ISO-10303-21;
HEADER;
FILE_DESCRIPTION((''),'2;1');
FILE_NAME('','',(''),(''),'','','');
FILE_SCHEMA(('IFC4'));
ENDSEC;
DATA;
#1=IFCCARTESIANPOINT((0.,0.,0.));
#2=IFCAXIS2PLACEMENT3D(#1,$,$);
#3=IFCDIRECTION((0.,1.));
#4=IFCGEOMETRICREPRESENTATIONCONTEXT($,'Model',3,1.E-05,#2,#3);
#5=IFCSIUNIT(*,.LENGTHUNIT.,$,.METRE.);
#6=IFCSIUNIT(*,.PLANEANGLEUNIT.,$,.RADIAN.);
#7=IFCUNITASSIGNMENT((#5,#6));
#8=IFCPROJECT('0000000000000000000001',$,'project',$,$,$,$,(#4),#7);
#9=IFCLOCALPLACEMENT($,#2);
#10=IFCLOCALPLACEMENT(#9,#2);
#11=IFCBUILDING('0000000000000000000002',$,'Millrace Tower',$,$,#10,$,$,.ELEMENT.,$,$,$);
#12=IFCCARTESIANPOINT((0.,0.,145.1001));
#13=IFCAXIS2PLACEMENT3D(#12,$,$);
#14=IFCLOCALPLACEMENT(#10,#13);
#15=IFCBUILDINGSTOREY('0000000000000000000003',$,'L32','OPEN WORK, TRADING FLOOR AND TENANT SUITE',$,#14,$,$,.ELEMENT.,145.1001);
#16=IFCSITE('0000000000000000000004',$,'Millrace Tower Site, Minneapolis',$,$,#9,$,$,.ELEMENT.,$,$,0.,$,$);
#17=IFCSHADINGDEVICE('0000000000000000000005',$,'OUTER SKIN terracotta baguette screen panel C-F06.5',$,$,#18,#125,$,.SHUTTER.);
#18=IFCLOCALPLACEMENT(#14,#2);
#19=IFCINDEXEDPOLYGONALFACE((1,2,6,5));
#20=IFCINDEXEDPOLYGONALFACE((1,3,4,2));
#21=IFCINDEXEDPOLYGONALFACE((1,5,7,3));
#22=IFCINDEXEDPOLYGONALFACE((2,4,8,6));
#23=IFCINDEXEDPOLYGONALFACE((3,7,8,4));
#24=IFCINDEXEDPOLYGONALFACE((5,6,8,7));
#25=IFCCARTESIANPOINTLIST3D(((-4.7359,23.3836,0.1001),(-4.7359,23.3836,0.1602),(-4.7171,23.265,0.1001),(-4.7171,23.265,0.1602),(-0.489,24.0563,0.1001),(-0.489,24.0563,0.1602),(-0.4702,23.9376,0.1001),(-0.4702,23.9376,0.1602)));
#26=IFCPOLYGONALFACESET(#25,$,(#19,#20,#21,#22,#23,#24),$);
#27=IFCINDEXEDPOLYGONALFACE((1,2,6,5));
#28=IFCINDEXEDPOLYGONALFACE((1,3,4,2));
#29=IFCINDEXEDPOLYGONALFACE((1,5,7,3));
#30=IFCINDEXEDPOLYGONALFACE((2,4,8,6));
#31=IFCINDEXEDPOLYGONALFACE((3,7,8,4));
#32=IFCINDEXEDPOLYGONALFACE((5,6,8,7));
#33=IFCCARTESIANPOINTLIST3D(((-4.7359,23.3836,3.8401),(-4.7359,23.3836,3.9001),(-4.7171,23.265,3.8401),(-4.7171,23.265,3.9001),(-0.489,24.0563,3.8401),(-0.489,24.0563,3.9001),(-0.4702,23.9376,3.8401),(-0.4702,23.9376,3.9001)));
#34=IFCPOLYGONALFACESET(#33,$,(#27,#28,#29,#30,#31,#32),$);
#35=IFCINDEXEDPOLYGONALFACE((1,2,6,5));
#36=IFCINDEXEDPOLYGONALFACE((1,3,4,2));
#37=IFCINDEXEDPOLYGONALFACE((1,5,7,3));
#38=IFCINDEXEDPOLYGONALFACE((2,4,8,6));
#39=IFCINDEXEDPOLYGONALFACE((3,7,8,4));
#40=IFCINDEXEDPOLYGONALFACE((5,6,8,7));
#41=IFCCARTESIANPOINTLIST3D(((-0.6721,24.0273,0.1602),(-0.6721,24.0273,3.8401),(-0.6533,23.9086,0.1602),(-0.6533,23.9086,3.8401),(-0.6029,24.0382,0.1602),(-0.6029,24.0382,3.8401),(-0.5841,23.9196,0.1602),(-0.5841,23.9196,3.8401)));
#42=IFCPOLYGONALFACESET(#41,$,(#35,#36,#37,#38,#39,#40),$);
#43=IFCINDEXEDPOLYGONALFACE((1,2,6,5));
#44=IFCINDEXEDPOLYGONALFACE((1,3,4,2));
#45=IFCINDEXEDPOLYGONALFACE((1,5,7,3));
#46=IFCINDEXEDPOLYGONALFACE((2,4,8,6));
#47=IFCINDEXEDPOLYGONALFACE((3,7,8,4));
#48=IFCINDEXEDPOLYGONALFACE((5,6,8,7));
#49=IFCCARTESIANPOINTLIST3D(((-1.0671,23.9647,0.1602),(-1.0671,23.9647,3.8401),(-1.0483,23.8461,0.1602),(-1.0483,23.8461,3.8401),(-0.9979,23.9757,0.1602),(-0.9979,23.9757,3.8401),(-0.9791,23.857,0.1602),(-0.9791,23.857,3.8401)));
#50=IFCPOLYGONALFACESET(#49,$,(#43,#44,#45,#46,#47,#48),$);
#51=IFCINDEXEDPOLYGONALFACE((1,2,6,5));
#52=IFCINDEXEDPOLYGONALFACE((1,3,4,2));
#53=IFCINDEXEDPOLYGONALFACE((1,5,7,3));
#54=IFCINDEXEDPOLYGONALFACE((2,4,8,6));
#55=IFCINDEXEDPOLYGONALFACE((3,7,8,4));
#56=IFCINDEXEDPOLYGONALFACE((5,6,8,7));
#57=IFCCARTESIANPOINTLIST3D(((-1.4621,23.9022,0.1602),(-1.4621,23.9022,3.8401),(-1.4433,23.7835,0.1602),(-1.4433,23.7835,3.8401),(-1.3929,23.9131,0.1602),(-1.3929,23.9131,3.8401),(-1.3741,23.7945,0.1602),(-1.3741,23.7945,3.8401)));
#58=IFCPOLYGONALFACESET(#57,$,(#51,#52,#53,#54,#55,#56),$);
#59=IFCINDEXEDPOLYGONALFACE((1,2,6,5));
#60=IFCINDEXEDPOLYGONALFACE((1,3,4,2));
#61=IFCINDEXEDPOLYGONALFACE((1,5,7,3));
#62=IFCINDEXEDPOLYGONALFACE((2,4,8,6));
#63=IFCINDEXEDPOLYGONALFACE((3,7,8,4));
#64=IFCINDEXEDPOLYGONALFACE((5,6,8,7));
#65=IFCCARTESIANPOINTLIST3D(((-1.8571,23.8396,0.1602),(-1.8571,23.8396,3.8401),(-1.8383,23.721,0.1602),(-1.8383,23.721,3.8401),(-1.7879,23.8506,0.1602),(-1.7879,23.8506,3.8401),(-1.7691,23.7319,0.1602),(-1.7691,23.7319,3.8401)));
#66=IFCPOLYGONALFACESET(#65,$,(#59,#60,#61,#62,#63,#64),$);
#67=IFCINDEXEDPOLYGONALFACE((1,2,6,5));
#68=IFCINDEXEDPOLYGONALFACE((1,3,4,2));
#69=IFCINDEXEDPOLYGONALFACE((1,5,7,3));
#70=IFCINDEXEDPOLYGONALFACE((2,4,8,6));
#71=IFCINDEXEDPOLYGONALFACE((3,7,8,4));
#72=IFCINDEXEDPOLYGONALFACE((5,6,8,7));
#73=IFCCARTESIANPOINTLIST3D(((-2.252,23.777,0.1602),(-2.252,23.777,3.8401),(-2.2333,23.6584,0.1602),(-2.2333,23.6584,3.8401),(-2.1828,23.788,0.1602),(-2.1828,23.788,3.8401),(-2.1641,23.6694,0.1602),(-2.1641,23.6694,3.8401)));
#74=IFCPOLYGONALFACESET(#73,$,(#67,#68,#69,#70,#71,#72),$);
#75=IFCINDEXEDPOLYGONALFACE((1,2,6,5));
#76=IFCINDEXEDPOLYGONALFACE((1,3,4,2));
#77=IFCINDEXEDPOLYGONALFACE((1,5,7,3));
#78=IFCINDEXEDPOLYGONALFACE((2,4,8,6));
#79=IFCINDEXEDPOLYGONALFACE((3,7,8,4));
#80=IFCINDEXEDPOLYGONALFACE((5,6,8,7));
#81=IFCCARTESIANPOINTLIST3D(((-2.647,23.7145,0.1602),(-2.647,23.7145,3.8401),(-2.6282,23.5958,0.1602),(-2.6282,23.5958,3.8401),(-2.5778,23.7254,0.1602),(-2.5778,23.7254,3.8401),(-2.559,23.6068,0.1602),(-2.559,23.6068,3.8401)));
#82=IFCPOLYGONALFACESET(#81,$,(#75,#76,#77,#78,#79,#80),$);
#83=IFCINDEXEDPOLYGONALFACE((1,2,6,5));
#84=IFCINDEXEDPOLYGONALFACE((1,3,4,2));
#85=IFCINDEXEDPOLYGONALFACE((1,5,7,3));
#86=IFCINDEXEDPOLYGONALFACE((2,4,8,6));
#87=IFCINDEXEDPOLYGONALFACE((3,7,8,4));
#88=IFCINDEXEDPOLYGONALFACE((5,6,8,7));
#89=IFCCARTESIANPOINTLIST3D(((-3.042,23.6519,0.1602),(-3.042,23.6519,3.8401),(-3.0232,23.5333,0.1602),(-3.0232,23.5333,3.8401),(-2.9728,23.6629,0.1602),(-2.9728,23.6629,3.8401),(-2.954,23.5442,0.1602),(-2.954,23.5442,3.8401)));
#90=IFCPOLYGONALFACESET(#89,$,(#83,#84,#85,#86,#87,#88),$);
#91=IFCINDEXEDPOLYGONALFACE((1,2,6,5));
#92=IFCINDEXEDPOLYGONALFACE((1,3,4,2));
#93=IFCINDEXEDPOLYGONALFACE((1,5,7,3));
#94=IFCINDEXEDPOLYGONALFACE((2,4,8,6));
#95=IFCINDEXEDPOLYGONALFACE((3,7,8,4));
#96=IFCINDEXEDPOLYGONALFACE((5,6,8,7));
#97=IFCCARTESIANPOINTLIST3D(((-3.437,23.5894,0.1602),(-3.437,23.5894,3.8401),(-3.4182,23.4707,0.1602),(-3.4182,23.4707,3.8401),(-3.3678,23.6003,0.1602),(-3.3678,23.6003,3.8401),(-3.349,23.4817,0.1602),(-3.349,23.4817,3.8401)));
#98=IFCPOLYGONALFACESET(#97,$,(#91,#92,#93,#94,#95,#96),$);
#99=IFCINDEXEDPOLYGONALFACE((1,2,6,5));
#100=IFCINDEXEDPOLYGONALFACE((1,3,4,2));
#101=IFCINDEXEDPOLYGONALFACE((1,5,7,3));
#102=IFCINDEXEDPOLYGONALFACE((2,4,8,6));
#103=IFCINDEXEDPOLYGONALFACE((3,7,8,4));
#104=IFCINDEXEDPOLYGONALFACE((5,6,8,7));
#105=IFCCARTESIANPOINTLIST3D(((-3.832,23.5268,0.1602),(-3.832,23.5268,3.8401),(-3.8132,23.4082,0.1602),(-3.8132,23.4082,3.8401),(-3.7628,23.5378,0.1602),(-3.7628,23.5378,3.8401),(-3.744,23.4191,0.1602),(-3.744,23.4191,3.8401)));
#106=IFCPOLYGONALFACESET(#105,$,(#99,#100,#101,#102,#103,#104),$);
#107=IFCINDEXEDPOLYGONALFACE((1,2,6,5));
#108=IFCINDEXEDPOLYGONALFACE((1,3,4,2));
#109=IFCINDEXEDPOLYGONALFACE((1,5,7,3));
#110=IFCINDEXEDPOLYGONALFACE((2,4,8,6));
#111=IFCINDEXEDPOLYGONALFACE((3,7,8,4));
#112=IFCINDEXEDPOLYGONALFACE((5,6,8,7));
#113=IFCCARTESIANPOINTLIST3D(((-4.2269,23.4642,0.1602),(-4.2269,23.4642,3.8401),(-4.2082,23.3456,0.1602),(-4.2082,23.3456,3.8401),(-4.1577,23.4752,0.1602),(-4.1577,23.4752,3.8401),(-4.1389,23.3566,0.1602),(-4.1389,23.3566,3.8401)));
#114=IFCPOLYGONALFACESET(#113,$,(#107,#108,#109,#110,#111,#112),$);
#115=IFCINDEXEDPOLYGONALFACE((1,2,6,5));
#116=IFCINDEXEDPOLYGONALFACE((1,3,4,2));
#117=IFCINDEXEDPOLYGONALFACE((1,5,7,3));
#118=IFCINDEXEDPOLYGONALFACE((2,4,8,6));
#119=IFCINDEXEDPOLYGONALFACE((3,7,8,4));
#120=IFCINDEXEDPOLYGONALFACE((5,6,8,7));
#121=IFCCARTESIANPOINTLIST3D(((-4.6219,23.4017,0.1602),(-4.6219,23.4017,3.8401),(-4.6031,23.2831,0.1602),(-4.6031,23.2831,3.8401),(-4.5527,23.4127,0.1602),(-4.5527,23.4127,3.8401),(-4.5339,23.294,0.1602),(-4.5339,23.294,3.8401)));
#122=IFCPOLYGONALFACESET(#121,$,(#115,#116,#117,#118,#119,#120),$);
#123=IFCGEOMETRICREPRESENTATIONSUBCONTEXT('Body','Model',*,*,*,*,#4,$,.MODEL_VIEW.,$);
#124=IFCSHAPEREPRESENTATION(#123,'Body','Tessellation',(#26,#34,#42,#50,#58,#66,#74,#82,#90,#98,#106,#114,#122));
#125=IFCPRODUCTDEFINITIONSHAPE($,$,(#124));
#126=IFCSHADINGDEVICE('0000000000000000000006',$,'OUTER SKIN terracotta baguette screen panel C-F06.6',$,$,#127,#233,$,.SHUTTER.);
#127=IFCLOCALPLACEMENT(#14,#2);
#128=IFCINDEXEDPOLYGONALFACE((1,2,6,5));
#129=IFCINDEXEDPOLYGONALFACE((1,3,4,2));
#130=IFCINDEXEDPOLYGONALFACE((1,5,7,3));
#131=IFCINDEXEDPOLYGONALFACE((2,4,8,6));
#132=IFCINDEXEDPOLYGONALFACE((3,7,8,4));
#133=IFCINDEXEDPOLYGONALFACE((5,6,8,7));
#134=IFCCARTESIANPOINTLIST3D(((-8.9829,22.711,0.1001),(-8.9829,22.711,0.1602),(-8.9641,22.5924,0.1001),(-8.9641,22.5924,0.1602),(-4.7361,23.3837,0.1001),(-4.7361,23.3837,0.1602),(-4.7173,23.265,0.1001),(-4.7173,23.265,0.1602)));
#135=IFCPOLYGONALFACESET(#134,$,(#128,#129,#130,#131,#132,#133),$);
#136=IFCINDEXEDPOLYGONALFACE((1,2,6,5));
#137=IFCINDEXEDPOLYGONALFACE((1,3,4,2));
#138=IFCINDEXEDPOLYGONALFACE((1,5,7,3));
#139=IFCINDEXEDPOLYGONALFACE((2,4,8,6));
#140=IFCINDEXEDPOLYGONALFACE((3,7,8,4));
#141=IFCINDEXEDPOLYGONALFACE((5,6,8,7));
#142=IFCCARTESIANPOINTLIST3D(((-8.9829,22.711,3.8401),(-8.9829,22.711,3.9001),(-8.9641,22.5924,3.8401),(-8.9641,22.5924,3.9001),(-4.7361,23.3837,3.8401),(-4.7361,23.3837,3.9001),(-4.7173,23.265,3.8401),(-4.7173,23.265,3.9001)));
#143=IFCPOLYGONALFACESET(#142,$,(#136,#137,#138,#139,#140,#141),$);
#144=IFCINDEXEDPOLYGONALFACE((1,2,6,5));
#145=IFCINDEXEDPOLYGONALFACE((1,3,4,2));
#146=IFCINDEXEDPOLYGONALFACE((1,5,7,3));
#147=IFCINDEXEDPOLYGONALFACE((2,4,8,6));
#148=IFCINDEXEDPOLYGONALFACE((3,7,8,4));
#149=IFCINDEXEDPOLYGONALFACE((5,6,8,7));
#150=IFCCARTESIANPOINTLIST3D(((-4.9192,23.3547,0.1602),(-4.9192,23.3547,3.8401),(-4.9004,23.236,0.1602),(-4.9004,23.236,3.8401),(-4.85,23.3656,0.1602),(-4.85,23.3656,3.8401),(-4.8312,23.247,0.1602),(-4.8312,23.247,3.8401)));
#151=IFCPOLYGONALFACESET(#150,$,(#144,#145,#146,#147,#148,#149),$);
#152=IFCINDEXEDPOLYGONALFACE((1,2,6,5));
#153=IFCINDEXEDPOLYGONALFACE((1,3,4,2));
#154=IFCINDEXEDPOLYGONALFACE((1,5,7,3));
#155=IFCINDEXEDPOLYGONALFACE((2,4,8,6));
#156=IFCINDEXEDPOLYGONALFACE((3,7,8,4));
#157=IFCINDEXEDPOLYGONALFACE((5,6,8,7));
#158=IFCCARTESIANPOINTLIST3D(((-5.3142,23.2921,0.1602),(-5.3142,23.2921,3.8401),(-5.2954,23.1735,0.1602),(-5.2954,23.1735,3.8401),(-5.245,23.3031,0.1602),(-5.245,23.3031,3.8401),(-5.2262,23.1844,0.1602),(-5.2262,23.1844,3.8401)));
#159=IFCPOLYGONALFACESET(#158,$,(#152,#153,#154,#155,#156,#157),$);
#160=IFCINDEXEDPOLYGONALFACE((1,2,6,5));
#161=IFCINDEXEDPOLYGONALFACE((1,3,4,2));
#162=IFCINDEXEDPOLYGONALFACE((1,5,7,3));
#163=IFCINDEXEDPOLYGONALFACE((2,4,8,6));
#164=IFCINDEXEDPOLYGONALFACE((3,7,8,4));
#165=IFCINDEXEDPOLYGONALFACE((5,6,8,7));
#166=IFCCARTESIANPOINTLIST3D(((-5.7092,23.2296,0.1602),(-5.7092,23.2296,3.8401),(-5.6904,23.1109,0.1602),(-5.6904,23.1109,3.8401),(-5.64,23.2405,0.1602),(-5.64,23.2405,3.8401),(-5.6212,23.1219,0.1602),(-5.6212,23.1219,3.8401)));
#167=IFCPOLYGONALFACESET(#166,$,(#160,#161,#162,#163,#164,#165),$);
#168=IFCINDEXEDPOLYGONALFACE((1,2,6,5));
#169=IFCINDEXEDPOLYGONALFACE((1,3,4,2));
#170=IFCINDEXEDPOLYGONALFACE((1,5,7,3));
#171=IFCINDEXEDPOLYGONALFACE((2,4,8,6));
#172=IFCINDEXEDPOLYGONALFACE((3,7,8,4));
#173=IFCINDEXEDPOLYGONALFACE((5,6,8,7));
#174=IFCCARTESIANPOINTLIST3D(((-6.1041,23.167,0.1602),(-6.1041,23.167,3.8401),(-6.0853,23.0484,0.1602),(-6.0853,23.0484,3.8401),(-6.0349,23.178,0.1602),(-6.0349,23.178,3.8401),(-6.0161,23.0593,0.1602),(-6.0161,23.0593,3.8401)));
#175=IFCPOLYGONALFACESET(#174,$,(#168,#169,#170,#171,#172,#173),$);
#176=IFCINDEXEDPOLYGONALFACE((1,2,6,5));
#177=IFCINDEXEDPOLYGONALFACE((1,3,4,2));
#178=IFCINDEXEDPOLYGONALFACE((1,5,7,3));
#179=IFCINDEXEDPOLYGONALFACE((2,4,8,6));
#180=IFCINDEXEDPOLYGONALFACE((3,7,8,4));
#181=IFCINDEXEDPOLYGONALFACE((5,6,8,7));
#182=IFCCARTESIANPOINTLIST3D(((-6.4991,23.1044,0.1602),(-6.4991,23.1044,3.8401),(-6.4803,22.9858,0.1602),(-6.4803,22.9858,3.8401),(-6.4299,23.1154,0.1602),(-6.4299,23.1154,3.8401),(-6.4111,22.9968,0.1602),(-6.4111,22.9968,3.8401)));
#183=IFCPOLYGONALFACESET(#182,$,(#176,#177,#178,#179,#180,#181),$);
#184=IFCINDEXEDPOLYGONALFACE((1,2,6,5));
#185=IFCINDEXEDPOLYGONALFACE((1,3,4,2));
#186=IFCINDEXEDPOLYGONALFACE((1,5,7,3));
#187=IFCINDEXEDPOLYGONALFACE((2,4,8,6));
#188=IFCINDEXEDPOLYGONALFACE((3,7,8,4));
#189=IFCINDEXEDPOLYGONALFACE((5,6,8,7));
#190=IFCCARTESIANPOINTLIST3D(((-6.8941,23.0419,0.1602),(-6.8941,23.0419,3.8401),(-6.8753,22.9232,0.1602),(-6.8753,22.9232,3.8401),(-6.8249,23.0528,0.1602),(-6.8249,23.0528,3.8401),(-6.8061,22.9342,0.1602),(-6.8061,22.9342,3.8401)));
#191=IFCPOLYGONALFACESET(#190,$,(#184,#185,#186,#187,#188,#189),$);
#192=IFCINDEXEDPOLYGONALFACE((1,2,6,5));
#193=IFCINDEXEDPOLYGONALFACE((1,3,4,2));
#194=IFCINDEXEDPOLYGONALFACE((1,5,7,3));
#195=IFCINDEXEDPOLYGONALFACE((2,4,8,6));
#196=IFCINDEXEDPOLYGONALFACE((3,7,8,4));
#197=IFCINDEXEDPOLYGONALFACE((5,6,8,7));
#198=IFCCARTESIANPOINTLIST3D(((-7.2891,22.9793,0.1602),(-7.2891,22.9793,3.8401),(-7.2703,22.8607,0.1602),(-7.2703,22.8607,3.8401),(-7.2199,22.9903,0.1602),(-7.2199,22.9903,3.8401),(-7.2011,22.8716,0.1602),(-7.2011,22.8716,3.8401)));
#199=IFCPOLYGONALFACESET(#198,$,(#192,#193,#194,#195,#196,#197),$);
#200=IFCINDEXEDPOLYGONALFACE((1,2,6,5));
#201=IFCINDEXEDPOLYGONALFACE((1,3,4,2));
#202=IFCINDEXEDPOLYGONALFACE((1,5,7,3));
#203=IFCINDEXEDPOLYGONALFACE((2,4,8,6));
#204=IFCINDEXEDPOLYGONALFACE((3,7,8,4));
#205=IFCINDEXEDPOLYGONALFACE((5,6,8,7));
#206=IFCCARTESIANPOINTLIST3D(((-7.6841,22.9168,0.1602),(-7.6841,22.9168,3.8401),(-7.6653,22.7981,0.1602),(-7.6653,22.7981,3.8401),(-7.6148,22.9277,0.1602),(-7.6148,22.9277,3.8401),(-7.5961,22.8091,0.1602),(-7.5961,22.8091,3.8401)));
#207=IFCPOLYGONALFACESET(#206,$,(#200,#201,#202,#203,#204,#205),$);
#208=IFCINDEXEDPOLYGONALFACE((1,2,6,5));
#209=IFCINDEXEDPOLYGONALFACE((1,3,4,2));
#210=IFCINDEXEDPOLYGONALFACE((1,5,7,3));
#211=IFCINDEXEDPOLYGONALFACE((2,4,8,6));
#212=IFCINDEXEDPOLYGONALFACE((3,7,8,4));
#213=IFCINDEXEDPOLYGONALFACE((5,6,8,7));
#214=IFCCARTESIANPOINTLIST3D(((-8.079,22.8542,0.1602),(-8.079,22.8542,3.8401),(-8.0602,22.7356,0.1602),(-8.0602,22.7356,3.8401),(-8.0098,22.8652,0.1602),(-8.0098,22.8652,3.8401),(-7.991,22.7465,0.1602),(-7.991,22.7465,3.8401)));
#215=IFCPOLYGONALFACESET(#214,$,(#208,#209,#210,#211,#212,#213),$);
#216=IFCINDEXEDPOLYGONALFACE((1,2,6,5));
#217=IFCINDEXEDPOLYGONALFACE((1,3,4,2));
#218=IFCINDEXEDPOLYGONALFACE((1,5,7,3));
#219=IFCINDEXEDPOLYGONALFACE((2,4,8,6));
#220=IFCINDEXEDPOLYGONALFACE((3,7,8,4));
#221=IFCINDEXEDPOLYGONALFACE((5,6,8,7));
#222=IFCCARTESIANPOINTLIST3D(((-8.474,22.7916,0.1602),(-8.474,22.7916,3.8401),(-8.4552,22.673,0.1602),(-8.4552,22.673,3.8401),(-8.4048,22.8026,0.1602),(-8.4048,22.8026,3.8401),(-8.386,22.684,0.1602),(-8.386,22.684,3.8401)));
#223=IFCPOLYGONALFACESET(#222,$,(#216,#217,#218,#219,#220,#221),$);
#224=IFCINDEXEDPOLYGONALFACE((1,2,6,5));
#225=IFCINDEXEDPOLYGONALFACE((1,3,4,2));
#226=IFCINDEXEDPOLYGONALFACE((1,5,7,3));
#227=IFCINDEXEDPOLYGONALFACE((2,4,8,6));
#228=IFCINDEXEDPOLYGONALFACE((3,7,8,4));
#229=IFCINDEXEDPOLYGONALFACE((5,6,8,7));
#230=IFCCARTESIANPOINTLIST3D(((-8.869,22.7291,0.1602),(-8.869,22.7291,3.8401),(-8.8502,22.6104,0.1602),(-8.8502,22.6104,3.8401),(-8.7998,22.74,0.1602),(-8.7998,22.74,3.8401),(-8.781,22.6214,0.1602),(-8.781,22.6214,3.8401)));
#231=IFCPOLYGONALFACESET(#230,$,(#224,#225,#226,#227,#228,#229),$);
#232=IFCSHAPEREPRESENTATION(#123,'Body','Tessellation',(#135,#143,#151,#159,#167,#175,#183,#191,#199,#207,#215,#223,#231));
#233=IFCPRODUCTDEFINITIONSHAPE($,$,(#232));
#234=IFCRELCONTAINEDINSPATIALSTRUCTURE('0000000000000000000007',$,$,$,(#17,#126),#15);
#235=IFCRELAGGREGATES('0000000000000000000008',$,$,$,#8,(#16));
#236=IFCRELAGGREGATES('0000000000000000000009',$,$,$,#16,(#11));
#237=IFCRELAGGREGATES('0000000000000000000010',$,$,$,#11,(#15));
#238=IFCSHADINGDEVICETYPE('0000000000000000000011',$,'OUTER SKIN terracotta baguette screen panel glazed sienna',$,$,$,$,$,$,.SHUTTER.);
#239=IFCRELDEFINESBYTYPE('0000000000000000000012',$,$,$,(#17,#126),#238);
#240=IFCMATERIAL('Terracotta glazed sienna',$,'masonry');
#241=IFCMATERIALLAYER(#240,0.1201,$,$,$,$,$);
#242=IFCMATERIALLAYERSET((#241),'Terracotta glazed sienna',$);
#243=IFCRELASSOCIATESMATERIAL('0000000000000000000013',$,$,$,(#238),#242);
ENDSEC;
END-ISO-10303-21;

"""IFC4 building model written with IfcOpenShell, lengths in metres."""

from ifc_helpers import new_model, entity, si_unit, direction, frame, frame_2d, origin, origin_2d, place, context, subcontext, project, spatial, rectangle, extrude, source, transform, mapped, material, layer, layer_set, type_object, element, save


model = new_model("IFC4")

# Units and contexts
model_context = context("Model", 3, precision=1e-05, world=origin(), true_north=direction((0.0, 1.0)))
body_context = subcontext(model_context, "Body", "Model", "MODEL_VIEW")
ifc_project = project(units=[si_unit("LENGTHUNIT", "METRE"), si_unit("PLANEANGLEUNIT", "RADIAN")], contexts=[model_context])

# Site, building, storey
site_placement = place(None, origin())
site = spatial("IfcSite", under=ifc_project, at=site_placement, Name="Millrace Tower Site, Minneapolis", CompositionType="ELEMENT", RefElevation=0.0)
building_placement = place(site_placement, origin())
building = spatial("IfcBuilding", under=site, at=building_placement, Name="Millrace Tower", CompositionType="ELEMENT")
storey_placement = place(building_placement, frame((0.0, 0.0, 145.1001)))
storey = spatial("IfcBuildingStorey", under=building, at=storey_placement, Name="L32", Description="OPEN WORK, TRADING FLOOR AND TENANT SUITE", CompositionType="ELEMENT", Elevation=145.1001)

# Shading devices
ifc_material_1 = material(Name="Terracotta glazed sienna", Category="masonry")
ifc_layer_1 = layer(ifc_material_1, 0.1201)
ifc_layer_set_1 = layer_set([ifc_layer_1], Name="Terracotta glazed sienna")
shading_device_type = type_object("IfcShadingDeviceType", Name="OUTER SKIN terracotta baguette screen panel glazed sienna", PredefinedType="SHUTTER", material=ifc_layer_set_1)
cartesian_point = entity("IfcCartesianPoint", [-2.1499, 0.0601])
shared_polyline = entity("IfcPolyline", [cartesian_point, entity("IfcCartesianPoint", [2.1499, 0.0601]), entity("IfcCartesianPoint", [2.1499, -0.0601]), entity("IfcCartesianPoint", [-2.1499, -0.0601]), cartesian_point])
shared_shape = source(origin(), body_context, "Body", "SweptSolid", [
    entity("IfcExtrudedAreaSolid", entity("IfcArbitraryClosedProfileDef", "AREA", None, shared_polyline), entity("IfcAxis2Placement3D", entity("IfcCartesianPoint", [0.0, 0.0, 0.0])), entity("IfcDirection", [0.0, 0.0, 1.0]), 0.0601),
    entity("IfcExtrudedAreaSolid", entity("IfcArbitraryClosedProfileDef", "AREA", None, shared_polyline), entity("IfcAxis2Placement3D", entity("IfcCartesianPoint", [0.0, 0.0, 3.74])), entity("IfcDirection", [0.0, 0.0, 1.0]), 0.0601),
    extrude(rectangle(XDim=0.0701, YDim=0.1201, at=frame_2d((-1.9995, 0.0))), frame((0.0, 0.0, 0.0601)), (0.0, 0.0, 1.0), 3.6799),
    extrude(rectangle(XDim=0.0701, YDim=0.1201, at=frame_2d((-1.5996, 0.0))), frame((0.0, 0.0, 0.0601)), (0.0, 0.0, 1.0), 3.6799),
    extrude(rectangle(XDim=0.0701, YDim=0.1201, at=frame_2d((-1.1997, 0.0))), frame((0.0, 0.0, 0.0601)), (0.0, 0.0, 1.0), 3.6799),
    extrude(rectangle(XDim=0.0701, YDim=0.1201, at=frame_2d((-0.7998, 0.0))), frame((0.0, 0.0, 0.0601)), (0.0, 0.0, 1.0), 3.6799),
    extrude(rectangle(XDim=0.0701, YDim=0.1201, at=frame_2d((-0.3999, 0.0))), frame((0.0, 0.0, 0.0601)), (0.0, 0.0, 1.0), 3.6799),
    extrude(rectangle(XDim=0.0701, YDim=0.1201, at=origin_2d()), frame((0.0, 0.0, 0.0601)), (0.0, 0.0, 1.0), 3.6799),
    extrude(rectangle(XDim=0.0701, YDim=0.1201, at=frame_2d((0.3999, 0.0))), frame((0.0, 0.0, 0.0601)), (0.0, 0.0, 1.0), 3.6799),
    extrude(rectangle(XDim=0.0701, YDim=0.1201, at=frame_2d((0.7998, 0.0))), frame((0.0, 0.0, 0.0601)), (0.0, 0.0, 1.0), 3.6799),
    extrude(rectangle(XDim=0.0701, YDim=0.1201, at=frame_2d((1.1997, 0.0))), frame((0.0, 0.0, 0.0601)), (0.0, 0.0, 1.0), 3.6799),
    extrude(rectangle(XDim=0.0701, YDim=0.1201, at=frame_2d((1.5996, 0.0))), frame((0.0, 0.0, 0.0601)), (0.0, 0.0, 1.0), 3.6799),
    extrude(rectangle(XDim=0.0701, YDim=0.1201, at=frame_2d((1.9995, 0.0))), frame((0.0, 0.0, 0.0601)), (0.0, 0.0, 1.0), 3.6799),
])
for number, where, z_axis, x_axis, name in (
    (1, (-2.603, 23.6606, 0.1001), (0.0, 0.0, 1.0), (-0.987688, -0.156434, 0.0), "OUTER SKIN terracotta baguette screen panel C-F06.5"),
    (2, (-6.8501, 22.988, 0.1001), (0.0, 0.0, 1.0), (-0.987688, -0.156434, 0.0), "OUTER SKIN terracotta baguette screen panel C-F06.6"),
):
    element("IfcShadingDevice", number, at=place(storey_placement, frame(where, z_axis=z_axis, x_axis=x_axis)), inside=storey, type_object=shading_device_type, Name=name, PredefinedType="SHUTTER", context=body_context, shape_type="MappedRepresentation", body=[
        mapped(shared_shape, transform((0.0, 0.0, 0.0), scale=1.0)),
    ])

save(model, "model.ifc")
